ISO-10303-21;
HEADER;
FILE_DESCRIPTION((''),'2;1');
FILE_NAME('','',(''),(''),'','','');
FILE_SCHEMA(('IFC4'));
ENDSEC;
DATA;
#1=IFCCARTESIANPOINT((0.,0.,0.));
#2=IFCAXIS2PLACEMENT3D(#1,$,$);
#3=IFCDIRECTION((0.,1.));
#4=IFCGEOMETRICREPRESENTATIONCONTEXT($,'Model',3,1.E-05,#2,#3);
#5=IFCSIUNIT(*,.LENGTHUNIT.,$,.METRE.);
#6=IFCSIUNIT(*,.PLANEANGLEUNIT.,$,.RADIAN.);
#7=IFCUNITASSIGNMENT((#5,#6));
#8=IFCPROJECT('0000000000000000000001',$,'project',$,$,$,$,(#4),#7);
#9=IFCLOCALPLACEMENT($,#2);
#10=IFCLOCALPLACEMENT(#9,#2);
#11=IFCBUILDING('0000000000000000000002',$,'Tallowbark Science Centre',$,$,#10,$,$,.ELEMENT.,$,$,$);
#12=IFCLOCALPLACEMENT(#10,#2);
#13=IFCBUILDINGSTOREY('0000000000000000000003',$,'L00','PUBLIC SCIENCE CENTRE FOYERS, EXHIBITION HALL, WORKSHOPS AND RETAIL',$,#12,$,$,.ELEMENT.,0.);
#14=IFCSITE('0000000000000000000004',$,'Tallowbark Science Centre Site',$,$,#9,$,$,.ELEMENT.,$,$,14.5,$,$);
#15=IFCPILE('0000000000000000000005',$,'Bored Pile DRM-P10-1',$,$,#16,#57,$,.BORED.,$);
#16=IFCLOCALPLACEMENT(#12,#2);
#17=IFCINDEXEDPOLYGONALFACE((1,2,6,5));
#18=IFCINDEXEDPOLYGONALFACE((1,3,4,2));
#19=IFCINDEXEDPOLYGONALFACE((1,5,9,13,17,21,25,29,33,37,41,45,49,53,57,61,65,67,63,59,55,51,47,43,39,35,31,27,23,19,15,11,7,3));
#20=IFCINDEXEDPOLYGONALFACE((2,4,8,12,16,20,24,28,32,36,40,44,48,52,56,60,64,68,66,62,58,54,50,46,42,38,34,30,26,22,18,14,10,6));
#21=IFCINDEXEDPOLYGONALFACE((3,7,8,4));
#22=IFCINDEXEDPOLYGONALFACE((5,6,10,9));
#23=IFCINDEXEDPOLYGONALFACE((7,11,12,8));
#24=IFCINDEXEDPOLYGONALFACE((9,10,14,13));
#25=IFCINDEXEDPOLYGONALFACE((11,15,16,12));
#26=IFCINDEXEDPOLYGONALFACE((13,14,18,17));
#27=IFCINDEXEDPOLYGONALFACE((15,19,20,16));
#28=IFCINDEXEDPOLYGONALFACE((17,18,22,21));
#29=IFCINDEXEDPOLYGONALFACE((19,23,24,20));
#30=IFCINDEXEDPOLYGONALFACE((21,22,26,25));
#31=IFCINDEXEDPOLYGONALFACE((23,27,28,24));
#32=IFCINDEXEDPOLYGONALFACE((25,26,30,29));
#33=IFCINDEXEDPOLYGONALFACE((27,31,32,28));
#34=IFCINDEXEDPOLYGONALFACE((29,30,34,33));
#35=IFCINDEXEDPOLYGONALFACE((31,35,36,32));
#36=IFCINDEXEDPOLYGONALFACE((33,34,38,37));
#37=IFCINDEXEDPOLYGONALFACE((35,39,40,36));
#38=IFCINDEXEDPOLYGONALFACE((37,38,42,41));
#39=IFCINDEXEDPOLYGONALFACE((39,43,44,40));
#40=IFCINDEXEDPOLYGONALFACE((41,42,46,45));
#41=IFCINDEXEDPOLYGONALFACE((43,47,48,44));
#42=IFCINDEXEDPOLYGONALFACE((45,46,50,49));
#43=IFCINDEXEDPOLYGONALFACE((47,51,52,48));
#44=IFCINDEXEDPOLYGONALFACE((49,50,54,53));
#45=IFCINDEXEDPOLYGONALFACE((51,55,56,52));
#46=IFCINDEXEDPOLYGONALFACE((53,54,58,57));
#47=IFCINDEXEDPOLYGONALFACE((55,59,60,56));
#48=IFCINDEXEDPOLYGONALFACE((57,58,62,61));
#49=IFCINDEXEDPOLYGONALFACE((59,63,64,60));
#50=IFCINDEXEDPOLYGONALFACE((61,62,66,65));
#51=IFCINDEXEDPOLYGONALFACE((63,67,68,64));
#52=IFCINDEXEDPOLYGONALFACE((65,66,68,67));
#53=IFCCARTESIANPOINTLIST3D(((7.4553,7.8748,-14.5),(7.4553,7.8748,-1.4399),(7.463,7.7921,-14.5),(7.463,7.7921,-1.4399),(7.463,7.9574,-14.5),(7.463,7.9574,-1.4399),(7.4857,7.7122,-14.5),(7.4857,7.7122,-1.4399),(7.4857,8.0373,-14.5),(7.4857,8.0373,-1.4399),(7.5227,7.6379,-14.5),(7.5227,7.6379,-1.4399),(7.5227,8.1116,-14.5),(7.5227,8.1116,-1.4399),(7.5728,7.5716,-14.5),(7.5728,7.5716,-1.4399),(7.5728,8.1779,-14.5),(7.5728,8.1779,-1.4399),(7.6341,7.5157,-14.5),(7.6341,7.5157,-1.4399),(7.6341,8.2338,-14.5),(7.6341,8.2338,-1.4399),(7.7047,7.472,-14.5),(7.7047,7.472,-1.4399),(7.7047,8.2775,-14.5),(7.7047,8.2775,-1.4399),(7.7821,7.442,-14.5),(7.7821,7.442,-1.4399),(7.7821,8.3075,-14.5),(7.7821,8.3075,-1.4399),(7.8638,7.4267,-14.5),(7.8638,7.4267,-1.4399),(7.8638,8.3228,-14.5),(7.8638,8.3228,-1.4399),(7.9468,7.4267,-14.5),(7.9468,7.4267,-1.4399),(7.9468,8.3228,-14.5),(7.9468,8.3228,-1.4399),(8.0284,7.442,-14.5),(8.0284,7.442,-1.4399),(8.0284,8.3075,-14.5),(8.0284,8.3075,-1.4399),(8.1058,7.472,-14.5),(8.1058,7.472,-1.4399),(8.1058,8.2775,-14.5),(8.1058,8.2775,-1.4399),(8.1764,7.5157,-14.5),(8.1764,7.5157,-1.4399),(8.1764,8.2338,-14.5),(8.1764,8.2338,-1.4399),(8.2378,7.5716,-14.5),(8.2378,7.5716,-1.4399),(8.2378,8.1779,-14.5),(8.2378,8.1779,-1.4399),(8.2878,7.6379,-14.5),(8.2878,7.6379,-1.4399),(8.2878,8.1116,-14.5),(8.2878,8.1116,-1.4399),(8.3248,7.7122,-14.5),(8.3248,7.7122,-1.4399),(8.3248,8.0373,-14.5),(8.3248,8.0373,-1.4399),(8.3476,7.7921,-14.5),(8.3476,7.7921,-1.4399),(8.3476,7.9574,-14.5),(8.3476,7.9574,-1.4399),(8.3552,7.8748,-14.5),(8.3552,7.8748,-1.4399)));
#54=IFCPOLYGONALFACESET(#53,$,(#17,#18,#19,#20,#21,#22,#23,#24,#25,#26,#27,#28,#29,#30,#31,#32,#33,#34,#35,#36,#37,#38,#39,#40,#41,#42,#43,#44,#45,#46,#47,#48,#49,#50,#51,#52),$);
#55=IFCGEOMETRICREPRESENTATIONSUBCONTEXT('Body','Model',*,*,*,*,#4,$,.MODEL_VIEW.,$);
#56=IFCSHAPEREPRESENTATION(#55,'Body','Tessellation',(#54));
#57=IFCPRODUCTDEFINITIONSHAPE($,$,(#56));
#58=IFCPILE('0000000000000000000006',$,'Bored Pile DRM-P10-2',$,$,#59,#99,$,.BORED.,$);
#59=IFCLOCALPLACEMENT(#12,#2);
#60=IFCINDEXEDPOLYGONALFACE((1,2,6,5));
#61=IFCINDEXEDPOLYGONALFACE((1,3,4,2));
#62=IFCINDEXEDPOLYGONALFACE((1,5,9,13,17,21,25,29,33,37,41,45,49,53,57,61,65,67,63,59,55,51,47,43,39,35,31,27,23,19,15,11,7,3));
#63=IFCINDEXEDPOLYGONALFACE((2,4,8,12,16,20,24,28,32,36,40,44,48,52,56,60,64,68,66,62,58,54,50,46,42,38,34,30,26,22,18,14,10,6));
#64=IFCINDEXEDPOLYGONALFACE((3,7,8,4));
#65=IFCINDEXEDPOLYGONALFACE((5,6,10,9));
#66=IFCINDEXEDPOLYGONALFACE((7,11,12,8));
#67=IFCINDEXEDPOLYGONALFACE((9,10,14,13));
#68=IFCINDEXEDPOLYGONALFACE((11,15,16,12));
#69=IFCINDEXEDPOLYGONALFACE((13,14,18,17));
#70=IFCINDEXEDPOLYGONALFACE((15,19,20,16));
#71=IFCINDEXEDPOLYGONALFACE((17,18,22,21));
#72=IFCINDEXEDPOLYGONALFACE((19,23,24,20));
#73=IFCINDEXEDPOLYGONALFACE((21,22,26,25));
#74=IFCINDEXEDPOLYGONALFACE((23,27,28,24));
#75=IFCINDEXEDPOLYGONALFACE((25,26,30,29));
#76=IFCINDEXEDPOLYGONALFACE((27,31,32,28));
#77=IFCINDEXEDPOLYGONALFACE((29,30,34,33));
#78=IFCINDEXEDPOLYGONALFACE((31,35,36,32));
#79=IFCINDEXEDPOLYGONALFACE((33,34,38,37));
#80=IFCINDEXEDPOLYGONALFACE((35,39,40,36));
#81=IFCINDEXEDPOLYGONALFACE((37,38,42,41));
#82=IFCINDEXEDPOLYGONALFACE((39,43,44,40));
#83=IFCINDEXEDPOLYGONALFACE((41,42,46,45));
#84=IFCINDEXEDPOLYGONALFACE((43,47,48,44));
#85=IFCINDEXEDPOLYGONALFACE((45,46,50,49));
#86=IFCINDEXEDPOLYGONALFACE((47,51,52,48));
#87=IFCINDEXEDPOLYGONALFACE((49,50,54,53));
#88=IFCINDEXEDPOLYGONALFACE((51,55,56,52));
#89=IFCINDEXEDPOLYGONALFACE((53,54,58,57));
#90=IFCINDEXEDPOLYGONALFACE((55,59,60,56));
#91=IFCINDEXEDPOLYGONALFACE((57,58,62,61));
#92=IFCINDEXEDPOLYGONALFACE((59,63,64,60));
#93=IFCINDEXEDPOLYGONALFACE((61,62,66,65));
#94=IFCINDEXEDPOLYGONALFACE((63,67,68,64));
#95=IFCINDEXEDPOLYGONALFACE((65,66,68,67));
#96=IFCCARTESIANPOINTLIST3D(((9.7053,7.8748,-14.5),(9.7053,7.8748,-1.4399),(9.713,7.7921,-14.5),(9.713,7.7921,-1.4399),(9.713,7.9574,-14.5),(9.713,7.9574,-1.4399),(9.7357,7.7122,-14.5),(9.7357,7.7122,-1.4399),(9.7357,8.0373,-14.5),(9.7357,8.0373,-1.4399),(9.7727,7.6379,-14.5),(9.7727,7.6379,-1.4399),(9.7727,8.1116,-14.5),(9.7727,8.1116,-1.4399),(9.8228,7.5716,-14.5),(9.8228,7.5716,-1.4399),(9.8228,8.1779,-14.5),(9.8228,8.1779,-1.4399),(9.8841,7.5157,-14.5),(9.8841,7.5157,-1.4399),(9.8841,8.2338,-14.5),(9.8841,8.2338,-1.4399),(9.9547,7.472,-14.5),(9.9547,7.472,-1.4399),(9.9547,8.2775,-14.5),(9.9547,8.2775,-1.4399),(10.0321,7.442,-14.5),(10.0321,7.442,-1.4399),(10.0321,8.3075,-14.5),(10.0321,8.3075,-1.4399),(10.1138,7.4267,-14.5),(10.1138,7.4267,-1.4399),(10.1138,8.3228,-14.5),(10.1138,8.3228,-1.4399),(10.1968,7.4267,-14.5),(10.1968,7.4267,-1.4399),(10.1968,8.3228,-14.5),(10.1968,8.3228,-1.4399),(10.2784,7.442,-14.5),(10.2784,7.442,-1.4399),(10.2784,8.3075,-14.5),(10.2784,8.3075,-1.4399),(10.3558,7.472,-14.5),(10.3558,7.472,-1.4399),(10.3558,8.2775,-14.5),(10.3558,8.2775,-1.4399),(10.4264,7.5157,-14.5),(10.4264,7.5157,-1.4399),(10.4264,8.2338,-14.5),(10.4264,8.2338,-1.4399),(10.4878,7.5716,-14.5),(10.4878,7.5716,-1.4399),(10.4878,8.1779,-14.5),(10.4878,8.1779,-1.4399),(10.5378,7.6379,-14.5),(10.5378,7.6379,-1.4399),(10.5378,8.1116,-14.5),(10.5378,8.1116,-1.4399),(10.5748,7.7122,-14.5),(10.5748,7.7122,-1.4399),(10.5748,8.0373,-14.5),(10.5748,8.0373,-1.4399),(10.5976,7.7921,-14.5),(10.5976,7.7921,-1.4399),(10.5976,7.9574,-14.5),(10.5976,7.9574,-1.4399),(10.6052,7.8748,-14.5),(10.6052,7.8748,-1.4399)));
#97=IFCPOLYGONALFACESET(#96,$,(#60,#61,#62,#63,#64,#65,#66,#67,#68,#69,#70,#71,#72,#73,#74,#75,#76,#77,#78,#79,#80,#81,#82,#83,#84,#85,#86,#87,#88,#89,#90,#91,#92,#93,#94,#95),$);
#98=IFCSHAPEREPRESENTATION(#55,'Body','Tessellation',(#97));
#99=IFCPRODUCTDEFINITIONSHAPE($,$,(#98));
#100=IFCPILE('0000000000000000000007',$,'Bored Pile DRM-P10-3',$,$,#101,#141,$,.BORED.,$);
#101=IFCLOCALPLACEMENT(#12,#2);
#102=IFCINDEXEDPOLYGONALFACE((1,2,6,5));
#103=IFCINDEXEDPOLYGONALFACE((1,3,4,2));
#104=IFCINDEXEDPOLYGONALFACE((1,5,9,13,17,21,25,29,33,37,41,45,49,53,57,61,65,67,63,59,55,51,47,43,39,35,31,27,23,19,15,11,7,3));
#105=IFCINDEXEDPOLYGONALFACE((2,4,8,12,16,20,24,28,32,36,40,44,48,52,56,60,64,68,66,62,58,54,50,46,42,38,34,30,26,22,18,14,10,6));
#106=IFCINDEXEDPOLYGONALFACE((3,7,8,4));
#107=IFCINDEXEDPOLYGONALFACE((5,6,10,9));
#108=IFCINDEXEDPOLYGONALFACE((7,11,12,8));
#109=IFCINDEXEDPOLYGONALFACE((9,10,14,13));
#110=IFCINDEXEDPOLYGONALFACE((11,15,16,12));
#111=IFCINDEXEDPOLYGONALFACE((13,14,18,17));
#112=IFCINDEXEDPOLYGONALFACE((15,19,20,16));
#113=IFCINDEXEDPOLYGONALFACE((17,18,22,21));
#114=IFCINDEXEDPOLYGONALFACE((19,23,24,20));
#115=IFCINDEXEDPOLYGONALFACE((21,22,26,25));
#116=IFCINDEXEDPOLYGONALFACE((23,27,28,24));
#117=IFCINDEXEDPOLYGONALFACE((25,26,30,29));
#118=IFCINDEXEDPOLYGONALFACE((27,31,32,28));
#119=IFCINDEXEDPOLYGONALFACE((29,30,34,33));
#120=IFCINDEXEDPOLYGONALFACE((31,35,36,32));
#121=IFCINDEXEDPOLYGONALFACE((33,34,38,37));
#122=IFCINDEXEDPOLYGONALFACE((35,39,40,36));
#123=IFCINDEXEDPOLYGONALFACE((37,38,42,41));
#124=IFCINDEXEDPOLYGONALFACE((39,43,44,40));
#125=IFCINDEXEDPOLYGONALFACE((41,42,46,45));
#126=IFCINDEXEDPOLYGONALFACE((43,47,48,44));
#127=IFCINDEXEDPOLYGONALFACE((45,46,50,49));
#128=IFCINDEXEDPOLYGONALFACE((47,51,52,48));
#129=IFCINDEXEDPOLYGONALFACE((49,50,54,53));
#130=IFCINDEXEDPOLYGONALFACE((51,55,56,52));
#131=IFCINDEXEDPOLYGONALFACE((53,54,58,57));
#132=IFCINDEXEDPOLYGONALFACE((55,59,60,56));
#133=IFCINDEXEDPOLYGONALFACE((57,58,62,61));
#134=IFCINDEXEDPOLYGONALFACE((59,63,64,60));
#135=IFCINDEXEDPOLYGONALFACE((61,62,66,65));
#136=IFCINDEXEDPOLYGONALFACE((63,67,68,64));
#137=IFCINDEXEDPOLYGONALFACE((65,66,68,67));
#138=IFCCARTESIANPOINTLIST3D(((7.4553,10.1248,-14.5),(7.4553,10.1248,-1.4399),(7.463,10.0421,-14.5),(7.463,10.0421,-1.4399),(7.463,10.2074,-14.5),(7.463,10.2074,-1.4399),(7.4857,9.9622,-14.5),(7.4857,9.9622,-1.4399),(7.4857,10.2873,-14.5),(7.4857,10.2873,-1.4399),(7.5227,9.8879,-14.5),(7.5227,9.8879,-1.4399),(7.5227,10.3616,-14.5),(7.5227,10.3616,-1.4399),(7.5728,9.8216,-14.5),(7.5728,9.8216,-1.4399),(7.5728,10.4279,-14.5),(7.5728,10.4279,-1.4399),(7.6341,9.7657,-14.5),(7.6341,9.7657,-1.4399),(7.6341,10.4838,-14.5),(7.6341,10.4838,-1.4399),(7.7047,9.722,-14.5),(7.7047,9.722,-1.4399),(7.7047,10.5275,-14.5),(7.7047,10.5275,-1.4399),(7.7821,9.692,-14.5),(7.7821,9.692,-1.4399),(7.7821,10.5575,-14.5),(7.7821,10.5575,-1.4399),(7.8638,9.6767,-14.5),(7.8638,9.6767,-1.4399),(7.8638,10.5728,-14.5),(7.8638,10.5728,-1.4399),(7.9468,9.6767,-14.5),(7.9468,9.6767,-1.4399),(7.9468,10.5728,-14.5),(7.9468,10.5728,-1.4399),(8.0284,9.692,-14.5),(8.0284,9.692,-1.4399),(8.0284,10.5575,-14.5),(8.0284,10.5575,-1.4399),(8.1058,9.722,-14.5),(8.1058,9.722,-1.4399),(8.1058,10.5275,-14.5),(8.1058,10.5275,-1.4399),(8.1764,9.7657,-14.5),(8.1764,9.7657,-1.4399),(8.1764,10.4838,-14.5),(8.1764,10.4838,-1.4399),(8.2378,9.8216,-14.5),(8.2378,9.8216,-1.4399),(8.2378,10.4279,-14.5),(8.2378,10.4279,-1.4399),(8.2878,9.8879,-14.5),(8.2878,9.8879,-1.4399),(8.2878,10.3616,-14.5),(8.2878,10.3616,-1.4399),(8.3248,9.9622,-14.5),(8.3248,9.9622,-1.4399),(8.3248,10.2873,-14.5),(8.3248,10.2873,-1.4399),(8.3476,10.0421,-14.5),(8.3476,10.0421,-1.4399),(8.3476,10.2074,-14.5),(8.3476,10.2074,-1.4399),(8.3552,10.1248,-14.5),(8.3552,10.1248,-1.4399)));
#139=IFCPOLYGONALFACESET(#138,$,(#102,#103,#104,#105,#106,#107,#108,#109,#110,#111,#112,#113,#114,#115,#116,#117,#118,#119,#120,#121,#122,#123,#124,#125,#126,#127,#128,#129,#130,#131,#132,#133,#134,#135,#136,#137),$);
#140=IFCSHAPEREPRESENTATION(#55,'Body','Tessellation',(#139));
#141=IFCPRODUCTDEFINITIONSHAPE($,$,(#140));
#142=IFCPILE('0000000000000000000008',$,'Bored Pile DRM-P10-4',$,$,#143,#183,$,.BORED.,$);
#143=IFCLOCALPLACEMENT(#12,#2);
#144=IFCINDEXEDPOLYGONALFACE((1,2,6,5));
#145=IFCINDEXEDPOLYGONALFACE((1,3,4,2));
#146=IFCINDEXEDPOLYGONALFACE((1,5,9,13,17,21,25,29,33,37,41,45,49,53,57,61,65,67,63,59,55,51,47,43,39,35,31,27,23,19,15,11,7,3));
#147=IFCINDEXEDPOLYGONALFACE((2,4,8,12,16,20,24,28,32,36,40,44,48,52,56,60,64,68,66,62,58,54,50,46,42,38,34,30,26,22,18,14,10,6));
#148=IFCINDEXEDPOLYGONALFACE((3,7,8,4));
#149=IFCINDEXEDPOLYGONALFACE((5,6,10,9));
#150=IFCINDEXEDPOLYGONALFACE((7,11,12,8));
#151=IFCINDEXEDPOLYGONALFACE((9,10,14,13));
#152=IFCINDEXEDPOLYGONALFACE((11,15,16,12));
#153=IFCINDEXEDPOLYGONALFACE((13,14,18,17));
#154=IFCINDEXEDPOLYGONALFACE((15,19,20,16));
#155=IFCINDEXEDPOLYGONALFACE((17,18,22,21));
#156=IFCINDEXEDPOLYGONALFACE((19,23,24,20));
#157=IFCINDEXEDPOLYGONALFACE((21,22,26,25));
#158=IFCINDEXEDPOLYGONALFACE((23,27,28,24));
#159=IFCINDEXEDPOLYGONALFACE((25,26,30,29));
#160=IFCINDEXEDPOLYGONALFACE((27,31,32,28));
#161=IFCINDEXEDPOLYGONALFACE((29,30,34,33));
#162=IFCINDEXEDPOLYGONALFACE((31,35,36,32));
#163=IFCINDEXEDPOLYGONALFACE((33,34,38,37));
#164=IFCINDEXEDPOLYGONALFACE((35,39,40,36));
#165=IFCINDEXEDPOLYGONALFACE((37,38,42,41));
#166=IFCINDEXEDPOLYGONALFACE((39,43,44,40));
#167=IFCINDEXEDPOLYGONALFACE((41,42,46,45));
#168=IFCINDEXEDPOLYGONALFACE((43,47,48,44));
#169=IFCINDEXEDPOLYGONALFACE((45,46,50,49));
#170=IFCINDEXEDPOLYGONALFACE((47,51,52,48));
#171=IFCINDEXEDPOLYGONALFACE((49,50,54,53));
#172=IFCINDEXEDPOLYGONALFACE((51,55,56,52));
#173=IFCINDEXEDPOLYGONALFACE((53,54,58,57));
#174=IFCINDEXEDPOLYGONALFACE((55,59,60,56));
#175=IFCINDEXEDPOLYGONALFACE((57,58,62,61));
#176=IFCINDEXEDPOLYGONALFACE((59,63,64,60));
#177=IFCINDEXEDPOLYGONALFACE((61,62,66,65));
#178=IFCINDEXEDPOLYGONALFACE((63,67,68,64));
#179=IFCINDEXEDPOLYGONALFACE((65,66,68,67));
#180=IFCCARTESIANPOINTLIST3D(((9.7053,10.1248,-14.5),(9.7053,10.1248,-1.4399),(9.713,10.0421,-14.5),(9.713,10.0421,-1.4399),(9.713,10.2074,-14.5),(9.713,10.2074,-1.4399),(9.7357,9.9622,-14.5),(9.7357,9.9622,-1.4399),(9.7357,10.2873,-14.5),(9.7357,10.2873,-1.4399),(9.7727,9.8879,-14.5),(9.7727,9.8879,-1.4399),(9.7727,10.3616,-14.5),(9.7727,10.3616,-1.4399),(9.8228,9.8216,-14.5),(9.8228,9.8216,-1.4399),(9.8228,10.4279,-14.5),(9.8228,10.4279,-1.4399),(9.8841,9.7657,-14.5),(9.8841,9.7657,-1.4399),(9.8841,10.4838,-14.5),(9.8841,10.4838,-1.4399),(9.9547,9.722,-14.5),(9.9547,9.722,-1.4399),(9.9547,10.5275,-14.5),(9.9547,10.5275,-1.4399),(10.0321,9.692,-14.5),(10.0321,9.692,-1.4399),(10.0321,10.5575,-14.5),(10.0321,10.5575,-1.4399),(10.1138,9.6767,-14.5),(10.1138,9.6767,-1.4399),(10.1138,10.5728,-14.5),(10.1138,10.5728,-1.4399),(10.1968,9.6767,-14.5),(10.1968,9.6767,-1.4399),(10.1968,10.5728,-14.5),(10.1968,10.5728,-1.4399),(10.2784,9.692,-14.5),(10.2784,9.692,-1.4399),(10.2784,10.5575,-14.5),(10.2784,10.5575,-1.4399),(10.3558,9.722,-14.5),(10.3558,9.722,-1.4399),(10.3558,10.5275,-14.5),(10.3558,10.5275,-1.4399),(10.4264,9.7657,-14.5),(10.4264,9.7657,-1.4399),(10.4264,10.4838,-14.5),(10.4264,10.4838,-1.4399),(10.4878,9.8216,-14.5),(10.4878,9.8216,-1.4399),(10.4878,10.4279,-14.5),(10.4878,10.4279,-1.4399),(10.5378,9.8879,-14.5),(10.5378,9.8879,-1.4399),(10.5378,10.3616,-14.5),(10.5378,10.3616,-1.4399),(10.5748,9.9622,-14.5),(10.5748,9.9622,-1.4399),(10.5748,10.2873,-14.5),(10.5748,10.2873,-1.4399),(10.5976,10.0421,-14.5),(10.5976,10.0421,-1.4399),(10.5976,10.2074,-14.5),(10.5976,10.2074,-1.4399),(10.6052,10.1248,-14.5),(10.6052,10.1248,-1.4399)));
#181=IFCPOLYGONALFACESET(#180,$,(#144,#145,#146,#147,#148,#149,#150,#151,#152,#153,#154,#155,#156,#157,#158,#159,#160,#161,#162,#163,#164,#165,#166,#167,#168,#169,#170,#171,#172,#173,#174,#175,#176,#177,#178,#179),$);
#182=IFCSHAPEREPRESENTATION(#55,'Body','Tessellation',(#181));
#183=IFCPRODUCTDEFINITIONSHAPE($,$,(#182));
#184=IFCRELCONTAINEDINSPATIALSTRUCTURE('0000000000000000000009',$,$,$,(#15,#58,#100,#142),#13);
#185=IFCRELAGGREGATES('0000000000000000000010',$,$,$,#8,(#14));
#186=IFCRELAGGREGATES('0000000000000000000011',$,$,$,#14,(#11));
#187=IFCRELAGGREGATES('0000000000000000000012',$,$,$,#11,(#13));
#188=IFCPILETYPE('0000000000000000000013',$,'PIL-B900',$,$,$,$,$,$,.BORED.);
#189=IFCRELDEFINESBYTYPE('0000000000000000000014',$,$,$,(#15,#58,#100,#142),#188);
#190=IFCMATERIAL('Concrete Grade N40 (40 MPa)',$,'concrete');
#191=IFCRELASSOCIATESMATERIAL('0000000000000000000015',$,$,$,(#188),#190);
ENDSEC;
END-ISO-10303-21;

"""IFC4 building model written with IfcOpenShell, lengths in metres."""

from ifc_helpers import new_model, si_unit, direction, frame, origin, origin_2d, place, context, subcontext, project, spatial, circle, extrude, material, material_profile, profile_set, type_object, element, save


model = new_model("IFC4")

# Units and contexts
model_context = context("Model", 3, precision=1e-05, world=origin(), true_north=direction((0.0, 1.0)))
body_context = subcontext(model_context, "Body", "Model", "MODEL_VIEW")
ifc_project = project(units=[si_unit("LENGTHUNIT", "METRE"), si_unit("PLANEANGLEUNIT", "RADIAN")], contexts=[model_context])

# Site, building, storey
site_placement = place(None, origin())
site = spatial("IfcSite", under=ifc_project, at=site_placement, Name="Tallowbark Science Centre Site", CompositionType="ELEMENT", RefElevation=14.5)
building_placement = place(site_placement, origin())
building = spatial("IfcBuilding", under=site, at=building_placement, Name="Tallowbark Science Centre", CompositionType="ELEMENT")
storey_placement = place(building_placement, origin())
storey = spatial("IfcBuildingStorey", under=building, at=storey_placement, Name="L00", Description="PUBLIC SCIENCE CENTRE FOYERS, EXHIBITION HALL, WORKSHOPS AND RETAIL", CompositionType="ELEMENT", Elevation=0.0)

# Shared definitions
ifc_material_1 = material(Name="Concrete Grade N40 (40 MPa)", Category="concrete")

# Piles
ifc_material_profile_1 = material_profile(ifc_material_1, circle(Radius=0.45, at=origin_2d()), Name="PILE900")
ifc_profile_set_1 = profile_set([ifc_material_profile_1], Name="Concrete Grade N40 (40 MPa)")
pile_type_1 = type_object("IfcPileType", Name="PIL-B900", PredefinedType="BORED", material=ifc_profile_set_1)
for number, where, z_axis, x_axis, name in (
    (1, (7.9053, 7.8748, -1.4399), (0.0, 0.0, -1.0), (1.0, 0.0, 0.0), "Bored Pile DRM-P10-1"),
    (2, (10.1553, 7.8748, -1.4399), (0.0, 0.0, -1.0), (1.0, 0.0, 0.0), "Bored Pile DRM-P10-2"),
    (3, (7.9053, 10.1248, -1.4399), (0.0, 0.0, -1.0), (1.0, 0.0, 0.0), "Bored Pile DRM-P10-3"),
    (4, (10.1553, 10.1248, -1.4399), (0.0, 0.0, -1.0), (1.0, 0.0, 0.0), "Bored Pile DRM-P10-4"),
):
    element("IfcPile", number, at=place(storey_placement, frame(where, z_axis=z_axis, x_axis=x_axis)), inside=storey, type_object=pile_type_1, Name=name, PredefinedType="BORED", context=body_context, shape_type="SweptSolid", body=[
        extrude(circle(Radius=0.45, at=origin_2d()), origin(), (0.0, 0.0, 1.0), 13.0601),
    ])

save(model, "model.ifc")
